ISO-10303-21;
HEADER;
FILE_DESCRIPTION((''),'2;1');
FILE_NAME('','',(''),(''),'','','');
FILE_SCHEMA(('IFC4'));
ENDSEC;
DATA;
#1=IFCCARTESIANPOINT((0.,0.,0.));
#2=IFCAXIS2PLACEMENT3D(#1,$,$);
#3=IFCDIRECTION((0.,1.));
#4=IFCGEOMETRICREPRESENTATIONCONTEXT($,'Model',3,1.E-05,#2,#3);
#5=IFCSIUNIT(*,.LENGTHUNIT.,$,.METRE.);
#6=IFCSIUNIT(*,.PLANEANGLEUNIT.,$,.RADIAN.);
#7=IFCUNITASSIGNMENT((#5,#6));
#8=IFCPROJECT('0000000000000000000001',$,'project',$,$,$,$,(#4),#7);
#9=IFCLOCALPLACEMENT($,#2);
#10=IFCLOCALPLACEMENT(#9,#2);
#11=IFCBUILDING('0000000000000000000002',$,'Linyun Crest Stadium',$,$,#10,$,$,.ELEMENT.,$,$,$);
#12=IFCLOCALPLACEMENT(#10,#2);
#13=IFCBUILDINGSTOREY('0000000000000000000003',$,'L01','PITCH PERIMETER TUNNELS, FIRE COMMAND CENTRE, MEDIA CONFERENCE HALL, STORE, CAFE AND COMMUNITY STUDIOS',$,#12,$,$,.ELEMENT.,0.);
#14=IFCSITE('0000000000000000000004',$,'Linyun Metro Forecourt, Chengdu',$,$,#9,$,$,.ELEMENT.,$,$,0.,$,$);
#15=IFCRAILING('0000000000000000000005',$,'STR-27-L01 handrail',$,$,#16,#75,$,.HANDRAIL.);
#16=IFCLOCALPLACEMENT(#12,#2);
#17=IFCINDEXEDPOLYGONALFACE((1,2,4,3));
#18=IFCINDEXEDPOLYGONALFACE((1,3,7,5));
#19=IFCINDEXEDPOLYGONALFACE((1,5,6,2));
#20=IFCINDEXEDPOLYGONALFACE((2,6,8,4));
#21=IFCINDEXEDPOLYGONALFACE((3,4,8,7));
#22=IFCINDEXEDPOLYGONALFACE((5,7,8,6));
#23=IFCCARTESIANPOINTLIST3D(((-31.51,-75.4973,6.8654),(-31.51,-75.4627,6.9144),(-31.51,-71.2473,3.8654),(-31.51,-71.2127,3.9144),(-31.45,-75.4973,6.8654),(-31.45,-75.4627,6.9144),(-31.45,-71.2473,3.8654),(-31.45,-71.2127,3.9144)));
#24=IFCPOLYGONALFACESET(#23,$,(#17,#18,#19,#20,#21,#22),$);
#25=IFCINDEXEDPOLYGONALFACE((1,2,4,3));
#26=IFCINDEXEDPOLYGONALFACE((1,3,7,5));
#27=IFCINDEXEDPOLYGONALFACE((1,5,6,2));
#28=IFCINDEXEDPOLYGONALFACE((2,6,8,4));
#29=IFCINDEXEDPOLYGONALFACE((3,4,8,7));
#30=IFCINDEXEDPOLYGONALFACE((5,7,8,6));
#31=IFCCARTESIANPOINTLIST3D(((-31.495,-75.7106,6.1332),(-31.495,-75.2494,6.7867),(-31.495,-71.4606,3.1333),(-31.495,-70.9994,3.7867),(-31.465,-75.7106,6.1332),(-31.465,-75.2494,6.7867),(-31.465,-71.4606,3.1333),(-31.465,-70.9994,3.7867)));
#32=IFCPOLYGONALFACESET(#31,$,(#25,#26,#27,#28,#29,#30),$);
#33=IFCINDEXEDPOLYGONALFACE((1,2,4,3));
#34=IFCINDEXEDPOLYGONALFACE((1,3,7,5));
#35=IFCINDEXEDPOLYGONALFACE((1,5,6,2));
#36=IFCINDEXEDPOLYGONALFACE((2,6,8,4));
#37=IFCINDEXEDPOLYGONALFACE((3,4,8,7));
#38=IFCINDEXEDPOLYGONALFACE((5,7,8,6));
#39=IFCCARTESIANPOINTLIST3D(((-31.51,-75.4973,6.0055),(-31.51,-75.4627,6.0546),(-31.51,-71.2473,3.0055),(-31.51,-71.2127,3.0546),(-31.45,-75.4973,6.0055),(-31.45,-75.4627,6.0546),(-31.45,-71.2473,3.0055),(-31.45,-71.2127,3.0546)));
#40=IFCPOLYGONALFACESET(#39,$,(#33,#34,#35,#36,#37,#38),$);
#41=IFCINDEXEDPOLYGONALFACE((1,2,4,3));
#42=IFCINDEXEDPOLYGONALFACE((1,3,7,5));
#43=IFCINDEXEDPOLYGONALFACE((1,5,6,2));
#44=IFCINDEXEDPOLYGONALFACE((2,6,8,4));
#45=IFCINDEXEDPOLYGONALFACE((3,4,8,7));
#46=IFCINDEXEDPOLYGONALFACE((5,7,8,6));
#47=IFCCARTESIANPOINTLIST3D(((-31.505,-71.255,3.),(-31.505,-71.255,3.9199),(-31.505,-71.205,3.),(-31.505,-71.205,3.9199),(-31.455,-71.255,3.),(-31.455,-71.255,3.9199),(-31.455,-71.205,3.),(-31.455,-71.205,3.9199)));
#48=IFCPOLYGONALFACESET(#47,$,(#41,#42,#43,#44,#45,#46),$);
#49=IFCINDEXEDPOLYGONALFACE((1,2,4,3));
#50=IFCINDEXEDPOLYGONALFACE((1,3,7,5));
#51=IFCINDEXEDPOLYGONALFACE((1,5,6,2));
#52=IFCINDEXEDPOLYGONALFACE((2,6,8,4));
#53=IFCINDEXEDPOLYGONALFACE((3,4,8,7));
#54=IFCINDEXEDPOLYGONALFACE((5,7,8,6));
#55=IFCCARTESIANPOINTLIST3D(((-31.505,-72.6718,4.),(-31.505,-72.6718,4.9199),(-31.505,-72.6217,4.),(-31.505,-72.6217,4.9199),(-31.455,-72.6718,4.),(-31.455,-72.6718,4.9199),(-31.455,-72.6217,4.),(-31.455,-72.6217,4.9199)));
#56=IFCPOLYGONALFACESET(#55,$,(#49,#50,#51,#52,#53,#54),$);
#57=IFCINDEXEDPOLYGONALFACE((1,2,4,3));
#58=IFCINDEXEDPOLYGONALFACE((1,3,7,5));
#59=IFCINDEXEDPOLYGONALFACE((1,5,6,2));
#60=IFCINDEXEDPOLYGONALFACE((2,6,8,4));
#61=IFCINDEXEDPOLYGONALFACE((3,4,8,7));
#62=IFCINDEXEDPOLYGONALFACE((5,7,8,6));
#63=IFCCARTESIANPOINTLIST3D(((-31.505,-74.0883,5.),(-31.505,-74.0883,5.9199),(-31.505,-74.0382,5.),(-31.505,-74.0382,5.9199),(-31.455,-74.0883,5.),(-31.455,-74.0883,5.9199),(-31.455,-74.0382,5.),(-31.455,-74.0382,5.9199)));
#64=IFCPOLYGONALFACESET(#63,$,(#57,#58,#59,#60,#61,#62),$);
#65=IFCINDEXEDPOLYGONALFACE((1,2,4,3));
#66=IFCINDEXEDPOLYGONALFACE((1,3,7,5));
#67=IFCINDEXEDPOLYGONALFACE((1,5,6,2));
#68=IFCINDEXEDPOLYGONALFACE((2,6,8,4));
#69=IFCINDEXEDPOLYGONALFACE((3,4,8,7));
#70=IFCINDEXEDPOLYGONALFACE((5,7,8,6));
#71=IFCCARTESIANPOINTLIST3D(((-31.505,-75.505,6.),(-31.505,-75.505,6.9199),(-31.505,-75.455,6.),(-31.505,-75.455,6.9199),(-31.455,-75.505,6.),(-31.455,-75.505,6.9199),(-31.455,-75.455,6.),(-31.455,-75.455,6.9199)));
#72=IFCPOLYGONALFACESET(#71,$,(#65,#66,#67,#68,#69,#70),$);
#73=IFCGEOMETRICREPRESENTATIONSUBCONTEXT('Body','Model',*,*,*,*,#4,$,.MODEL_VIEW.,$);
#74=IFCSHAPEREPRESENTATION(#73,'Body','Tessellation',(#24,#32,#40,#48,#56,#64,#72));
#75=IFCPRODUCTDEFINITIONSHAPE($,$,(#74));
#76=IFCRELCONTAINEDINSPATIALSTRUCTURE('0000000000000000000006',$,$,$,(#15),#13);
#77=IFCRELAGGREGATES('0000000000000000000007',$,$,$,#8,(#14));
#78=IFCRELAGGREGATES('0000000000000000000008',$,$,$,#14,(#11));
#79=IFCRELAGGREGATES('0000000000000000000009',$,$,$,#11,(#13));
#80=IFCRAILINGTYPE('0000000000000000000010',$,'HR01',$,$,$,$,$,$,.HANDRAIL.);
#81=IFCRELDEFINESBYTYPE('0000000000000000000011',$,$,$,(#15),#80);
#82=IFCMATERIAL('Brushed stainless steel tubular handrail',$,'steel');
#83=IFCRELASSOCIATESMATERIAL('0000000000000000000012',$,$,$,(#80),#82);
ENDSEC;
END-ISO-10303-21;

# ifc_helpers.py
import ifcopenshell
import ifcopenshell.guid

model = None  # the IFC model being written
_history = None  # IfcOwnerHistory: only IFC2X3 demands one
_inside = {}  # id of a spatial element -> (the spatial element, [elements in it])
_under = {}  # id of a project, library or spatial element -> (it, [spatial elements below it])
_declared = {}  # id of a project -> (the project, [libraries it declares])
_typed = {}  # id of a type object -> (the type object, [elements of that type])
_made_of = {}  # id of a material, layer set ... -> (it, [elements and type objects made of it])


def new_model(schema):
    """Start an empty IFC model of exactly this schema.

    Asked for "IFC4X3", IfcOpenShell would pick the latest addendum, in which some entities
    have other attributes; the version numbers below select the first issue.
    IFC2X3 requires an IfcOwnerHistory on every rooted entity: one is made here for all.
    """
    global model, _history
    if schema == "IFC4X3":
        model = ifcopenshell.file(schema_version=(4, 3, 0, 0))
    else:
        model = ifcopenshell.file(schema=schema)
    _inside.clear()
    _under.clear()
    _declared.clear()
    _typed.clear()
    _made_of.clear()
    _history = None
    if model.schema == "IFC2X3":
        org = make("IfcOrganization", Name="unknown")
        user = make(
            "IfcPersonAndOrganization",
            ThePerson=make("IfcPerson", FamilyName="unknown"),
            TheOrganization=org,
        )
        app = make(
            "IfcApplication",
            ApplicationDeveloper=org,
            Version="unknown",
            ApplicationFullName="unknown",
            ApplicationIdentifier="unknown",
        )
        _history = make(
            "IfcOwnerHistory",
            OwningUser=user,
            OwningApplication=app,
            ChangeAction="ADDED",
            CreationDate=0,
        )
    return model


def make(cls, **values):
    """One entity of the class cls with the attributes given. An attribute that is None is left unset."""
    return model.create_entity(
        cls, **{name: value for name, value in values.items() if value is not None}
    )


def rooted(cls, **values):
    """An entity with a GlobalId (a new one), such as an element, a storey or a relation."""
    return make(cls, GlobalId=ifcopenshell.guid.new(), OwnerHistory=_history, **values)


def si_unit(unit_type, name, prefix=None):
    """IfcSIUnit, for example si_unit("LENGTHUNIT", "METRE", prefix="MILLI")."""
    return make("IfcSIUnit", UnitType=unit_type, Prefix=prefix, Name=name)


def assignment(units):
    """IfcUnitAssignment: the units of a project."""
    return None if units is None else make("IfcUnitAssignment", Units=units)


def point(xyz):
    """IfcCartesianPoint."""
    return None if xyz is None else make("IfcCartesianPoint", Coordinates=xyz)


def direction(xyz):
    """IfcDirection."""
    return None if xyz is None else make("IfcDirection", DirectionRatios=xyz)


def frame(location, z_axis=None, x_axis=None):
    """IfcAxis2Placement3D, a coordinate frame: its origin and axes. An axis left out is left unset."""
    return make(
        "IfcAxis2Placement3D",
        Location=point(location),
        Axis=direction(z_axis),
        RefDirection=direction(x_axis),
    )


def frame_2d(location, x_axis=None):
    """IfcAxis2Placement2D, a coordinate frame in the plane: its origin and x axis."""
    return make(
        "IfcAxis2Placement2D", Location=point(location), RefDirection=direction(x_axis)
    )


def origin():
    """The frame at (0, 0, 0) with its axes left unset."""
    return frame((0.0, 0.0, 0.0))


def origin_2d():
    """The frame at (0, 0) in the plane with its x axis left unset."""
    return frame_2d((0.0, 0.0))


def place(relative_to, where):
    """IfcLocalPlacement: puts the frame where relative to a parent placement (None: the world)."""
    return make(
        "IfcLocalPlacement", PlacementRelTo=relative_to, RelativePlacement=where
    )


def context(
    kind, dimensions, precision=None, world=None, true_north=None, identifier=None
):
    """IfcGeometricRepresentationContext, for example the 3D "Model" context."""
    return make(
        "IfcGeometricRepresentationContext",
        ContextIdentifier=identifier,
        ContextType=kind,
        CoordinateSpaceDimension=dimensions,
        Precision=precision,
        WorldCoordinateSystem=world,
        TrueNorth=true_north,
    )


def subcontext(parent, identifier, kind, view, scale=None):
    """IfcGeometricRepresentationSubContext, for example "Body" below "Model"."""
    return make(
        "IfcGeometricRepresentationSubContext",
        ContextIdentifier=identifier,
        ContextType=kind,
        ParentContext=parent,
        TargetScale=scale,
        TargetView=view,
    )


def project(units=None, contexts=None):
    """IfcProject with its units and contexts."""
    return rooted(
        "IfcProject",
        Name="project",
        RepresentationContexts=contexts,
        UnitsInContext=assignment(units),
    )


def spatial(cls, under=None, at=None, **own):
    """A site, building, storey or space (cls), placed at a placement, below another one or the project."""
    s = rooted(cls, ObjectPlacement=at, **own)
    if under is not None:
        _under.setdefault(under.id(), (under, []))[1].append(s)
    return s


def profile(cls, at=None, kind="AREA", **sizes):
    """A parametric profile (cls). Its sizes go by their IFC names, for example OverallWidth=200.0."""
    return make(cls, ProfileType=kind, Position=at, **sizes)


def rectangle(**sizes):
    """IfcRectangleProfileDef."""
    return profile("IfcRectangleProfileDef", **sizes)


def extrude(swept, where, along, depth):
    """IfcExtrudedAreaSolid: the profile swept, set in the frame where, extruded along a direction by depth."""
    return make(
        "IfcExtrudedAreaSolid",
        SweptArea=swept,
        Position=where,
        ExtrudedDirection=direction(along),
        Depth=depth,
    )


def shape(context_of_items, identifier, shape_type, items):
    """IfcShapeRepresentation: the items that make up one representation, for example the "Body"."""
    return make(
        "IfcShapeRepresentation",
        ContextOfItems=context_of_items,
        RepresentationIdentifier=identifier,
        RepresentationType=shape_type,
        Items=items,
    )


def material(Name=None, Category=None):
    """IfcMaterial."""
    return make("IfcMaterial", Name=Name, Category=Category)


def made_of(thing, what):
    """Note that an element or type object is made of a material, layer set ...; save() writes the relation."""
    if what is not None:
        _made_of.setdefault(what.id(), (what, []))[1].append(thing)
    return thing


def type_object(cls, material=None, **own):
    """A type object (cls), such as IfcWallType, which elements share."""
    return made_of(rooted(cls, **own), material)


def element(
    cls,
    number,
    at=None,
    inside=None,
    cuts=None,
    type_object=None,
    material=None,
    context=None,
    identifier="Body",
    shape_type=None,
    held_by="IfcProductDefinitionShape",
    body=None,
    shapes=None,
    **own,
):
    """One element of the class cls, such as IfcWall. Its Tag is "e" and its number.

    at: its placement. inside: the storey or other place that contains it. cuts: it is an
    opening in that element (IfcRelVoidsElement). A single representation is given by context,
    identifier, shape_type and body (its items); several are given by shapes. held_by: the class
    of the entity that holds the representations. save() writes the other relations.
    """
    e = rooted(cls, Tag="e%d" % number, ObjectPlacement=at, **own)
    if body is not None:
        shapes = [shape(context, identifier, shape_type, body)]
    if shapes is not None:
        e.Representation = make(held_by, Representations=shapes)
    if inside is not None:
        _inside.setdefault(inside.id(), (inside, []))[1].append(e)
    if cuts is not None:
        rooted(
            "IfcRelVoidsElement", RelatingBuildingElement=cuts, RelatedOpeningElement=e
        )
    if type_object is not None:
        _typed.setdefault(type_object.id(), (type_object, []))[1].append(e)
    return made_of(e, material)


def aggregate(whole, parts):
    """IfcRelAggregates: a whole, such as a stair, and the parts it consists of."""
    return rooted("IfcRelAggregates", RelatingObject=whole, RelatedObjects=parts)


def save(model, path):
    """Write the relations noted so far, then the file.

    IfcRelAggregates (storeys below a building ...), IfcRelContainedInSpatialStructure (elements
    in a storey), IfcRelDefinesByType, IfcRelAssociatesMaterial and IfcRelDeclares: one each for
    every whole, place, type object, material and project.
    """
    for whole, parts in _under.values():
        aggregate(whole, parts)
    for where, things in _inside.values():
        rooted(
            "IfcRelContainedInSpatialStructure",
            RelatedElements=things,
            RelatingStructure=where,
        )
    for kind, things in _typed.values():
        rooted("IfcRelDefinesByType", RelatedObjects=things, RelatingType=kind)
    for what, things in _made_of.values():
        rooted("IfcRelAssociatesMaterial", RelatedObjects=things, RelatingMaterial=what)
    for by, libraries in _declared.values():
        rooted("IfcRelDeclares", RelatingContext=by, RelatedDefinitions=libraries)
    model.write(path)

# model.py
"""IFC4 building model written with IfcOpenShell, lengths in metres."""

from ifc_helpers import new_model, si_unit, direction, frame, origin, origin_2d, place, context, subcontext, project, spatial, rectangle, extrude, material, type_object, element, save


model = new_model("IFC4")

# Units and contexts
model_context = context("Model", 3, precision=1e-05, world=origin(), true_north=direction((0.0, 1.0)))
body_context = subcontext(model_context, "Body", "Model", "MODEL_VIEW")
ifc_project = project(units=[si_unit("LENGTHUNIT", "METRE"), si_unit("PLANEANGLEUNIT", "RADIAN")], contexts=[model_context])

# Site, building, storey
site_placement = place(None, origin())
site = spatial("IfcSite", under=ifc_project, at=site_placement, Name="Linyun Metro Forecourt, Chengdu", CompositionType="ELEMENT", RefElevation=0.0)
building_placement = place(site_placement, origin())
building = spatial("IfcBuilding", under=site, at=building_placement, Name="Linyun Crest Stadium", CompositionType="ELEMENT")
storey_placement = place(building_placement, origin())
storey = spatial("IfcBuildingStorey", under=building, at=storey_placement, Name="L01", Description="PITCH PERIMETER TUNNELS, FIRE COMMAND CENTRE, MEDIA CONFERENCE HALL, STORE, CAFE AND COMMUNITY STUDIOS", CompositionType="ELEMENT", Elevation=0.0)

# Railing
ifc_material_1 = material(Name="Brushed stainless steel tubular handrail", Category="steel")
railing_type_1 = type_object("IfcRailingType", Name="HR01", PredefinedType="HANDRAIL", material=ifc_material_1)
railing_1_placement = place(storey_placement, frame((-31.48, -71.23, 3.0)))
element("IfcRailing", 1, at=railing_1_placement, inside=storey, type_object=railing_type_1, Name="STR-27-L01 handrail", PredefinedType="HANDRAIL", context=body_context, shape_type="SweptSolid", body=[
    extrude(rectangle(XDim=0.0601, YDim=0.0601, at=origin_2d()), frame((0.0, 0.0, 0.8899), z_axis=(0.0, -0.816968, 0.576683), x_axis=(1.0, 0.0, 0.0)), (0.0, 0.0, 1.0), 5.2021),
    extrude(rectangle(XDim=0.03, YDim=0.7998, at=origin_2d()), frame((0.0, 0.0, 0.46), z_axis=(0.0, -0.816968, 0.576683), x_axis=(1.0, 0.0, 0.0)), (0.0, 0.0, 1.0), 5.2021),
    extrude(rectangle(XDim=0.0601, YDim=0.0601, at=origin_2d()), frame((0.0, 0.0, 0.03), z_axis=(0.0, -0.816968, 0.576683), x_axis=(1.0, 0.0, 0.0)), (0.0, 0.0, 1.0), 5.2021),
    extrude(rectangle(XDim=0.05, YDim=0.05, at=origin_2d()), origin(), (0.0, 0.0, 1.0), 0.9199),
    extrude(rectangle(XDim=0.05, YDim=0.05, at=origin_2d()), frame((0.0, -1.4167, 1.0)), (0.0, 0.0, 1.0), 0.9199),
    extrude(rectangle(XDim=0.05, YDim=0.05, at=origin_2d()), frame((0.0, -2.8333, 2.0)), (0.0, 0.0, 1.0), 0.9199),
    extrude(rectangle(XDim=0.05, YDim=0.05, at=origin_2d()), frame((0.0, -4.25, 3.0)), (0.0, 0.0, 1.0), 0.9199),
])

save(model, "model.ifc")
